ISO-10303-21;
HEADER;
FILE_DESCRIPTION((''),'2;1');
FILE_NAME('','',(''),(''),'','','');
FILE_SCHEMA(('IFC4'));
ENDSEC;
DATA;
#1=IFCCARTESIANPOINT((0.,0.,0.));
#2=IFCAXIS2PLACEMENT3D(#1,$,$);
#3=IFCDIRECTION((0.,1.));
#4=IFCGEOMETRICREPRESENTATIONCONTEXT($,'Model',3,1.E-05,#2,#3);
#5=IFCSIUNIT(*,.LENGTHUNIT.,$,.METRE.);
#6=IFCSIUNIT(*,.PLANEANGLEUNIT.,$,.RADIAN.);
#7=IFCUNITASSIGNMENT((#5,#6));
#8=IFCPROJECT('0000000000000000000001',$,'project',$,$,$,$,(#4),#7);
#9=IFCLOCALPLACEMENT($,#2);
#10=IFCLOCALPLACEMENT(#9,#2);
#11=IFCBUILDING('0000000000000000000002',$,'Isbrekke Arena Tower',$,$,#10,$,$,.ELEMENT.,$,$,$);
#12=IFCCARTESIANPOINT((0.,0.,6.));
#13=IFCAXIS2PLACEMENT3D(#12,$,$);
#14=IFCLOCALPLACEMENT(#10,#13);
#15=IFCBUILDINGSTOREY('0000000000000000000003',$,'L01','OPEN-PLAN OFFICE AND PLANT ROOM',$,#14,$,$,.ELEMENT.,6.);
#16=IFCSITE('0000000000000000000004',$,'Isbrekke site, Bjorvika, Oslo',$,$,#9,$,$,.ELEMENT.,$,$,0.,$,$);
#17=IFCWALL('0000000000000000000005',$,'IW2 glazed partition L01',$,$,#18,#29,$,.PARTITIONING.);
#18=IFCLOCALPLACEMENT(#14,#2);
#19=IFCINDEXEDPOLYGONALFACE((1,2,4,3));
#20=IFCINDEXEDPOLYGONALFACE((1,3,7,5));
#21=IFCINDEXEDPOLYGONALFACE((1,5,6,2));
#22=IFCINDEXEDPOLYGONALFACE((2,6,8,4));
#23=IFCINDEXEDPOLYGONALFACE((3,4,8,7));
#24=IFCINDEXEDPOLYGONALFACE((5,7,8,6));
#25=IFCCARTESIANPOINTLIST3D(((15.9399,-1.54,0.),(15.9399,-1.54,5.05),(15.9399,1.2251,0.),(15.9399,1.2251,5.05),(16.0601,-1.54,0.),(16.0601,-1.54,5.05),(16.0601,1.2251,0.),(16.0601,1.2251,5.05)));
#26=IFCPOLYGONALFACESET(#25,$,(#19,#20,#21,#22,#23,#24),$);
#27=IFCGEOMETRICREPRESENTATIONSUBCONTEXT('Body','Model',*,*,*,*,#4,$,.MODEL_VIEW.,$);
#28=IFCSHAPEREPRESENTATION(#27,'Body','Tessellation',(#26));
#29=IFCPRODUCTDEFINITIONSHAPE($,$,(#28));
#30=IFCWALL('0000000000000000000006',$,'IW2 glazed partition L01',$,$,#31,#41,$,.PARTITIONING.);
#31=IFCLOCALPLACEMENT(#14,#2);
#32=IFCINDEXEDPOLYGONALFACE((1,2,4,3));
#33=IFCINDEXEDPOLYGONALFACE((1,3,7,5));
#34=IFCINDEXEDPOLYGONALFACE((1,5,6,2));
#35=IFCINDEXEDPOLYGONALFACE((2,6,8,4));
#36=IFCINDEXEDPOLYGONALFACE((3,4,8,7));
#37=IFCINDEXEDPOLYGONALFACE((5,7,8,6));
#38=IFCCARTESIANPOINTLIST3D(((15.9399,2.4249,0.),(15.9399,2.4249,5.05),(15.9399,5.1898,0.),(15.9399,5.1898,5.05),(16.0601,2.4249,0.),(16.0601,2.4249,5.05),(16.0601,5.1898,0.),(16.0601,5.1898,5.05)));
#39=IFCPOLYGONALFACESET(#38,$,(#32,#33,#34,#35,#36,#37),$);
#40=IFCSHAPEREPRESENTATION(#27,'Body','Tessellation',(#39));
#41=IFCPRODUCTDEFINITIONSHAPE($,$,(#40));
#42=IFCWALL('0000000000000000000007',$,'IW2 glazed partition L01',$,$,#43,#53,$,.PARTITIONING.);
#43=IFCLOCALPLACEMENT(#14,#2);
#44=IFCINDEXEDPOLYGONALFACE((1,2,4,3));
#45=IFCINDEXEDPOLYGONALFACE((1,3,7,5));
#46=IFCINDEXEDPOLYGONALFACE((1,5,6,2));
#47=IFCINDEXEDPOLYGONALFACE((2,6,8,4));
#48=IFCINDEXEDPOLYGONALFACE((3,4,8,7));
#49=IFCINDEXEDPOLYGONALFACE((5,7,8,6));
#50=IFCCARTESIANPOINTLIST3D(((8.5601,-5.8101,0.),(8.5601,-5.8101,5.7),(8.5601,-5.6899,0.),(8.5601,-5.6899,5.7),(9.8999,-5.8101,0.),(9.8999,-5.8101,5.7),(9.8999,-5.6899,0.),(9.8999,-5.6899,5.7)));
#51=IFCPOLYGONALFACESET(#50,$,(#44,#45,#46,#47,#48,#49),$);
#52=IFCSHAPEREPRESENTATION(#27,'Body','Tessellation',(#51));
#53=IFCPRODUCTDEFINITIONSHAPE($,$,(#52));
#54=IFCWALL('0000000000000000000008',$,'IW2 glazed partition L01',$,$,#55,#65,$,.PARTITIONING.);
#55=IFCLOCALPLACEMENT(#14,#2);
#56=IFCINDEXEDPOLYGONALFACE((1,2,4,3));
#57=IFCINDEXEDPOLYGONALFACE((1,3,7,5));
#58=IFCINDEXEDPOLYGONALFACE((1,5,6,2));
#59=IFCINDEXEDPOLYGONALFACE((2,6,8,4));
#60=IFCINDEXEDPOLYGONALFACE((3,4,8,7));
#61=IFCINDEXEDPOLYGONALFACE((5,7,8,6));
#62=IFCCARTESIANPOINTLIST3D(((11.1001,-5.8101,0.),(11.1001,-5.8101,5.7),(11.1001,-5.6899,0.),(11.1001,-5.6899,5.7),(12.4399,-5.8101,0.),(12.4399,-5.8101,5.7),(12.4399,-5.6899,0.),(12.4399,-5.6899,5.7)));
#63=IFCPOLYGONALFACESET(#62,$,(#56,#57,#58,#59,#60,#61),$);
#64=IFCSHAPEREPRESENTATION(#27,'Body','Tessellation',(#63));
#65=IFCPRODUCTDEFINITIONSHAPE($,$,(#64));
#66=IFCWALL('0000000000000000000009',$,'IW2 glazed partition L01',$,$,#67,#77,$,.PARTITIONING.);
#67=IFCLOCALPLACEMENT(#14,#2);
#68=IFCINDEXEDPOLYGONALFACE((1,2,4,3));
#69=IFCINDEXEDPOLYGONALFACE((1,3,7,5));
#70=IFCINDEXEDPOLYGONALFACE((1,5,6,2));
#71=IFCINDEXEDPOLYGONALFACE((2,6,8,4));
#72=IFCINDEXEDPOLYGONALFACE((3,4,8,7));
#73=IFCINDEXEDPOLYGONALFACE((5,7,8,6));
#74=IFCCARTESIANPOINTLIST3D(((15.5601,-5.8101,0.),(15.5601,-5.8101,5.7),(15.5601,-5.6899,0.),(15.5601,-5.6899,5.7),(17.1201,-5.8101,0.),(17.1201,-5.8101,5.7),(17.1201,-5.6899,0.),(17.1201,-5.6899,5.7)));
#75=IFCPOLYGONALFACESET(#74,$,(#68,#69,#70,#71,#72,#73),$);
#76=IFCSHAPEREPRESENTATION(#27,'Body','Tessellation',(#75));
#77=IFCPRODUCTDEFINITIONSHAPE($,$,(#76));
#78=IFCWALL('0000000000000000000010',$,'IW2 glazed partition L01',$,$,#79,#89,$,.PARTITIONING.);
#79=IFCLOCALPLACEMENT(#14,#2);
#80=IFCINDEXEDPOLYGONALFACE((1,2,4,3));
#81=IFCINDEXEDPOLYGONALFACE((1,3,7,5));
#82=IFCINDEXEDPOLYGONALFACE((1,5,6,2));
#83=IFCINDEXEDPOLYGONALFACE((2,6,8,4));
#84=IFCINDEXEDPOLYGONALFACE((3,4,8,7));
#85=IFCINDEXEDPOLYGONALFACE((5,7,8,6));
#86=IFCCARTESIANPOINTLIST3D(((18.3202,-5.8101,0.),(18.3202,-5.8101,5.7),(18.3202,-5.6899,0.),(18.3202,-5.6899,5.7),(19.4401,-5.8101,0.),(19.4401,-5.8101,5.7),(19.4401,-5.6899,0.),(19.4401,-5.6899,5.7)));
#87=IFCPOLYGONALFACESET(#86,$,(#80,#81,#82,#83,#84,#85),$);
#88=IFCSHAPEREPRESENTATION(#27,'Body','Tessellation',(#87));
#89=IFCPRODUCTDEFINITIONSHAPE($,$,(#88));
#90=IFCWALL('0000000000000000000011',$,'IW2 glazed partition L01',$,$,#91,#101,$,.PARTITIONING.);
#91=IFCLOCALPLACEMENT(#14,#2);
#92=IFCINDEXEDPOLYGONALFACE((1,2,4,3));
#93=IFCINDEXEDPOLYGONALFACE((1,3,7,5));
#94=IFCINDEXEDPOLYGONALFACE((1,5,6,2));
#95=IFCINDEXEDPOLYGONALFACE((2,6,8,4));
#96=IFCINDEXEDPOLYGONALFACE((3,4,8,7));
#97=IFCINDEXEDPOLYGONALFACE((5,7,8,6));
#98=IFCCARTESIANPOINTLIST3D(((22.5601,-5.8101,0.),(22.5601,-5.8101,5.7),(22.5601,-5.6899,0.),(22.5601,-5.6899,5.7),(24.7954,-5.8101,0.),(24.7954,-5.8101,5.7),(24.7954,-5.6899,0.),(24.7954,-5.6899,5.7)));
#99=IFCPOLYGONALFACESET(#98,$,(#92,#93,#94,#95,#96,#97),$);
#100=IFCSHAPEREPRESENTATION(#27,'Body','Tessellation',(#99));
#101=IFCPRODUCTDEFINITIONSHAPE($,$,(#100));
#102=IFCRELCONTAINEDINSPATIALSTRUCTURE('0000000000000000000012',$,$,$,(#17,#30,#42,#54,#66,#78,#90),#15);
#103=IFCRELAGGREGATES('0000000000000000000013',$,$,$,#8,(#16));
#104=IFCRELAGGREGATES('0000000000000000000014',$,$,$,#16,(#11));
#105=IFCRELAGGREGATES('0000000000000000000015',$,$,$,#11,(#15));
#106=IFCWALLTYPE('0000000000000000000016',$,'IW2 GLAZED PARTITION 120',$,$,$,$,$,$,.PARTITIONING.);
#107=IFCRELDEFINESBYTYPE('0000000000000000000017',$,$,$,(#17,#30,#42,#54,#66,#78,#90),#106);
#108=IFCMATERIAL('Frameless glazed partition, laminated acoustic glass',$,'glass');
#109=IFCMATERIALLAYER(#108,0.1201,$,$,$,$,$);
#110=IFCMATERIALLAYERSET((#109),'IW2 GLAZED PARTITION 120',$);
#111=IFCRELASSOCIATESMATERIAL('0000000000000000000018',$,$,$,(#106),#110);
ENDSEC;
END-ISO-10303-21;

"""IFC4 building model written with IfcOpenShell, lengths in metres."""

from ifc_helpers import new_model, si_unit, direction, frame, frame_2d, origin, place, context, subcontext, project, spatial, rectangle, extrude, material, layer, layer_set, type_object, element, save


model = new_model("IFC4")

# Units and contexts
model_context = context("Model", 3, precision=1e-05, world=origin(), true_north=direction((0.0, 1.0)))
body_context = subcontext(model_context, "Body", "Model", "MODEL_VIEW")
ifc_project = project(units=[si_unit("LENGTHUNIT", "METRE"), si_unit("PLANEANGLEUNIT", "RADIAN")], contexts=[model_context])

# Site, building, storey
site_placement = place(None, origin())
site = spatial("IfcSite", under=ifc_project, at=site_placement, Name="Isbrekke site, Bjorvika, Oslo", CompositionType="ELEMENT", RefElevation=0.0)
building_placement = place(site_placement, origin())
building = spatial("IfcBuilding", under=site, at=building_placement, Name="Isbrekke Arena Tower", CompositionType="ELEMENT")
storey_placement = place(building_placement, frame((0.0, 0.0, 6.0)))
storey = spatial("IfcBuildingStorey", under=building, at=storey_placement, Name="L01", Description="OPEN-PLAN OFFICE AND PLANT ROOM", CompositionType="ELEMENT", Elevation=6.0)

# Walls
ifc_material_1 = material(Name="Frameless glazed partition, laminated acoustic glass", Category="glass")
ifc_layer_1 = layer(ifc_material_1, 0.1201)
ifc_layer_set_1 = layer_set([ifc_layer_1], Name="IW2 GLAZED PARTITION 120")
wall_type_1 = type_object("IfcWallType", Name="IW2 GLAZED PARTITION 120", PredefinedType="PARTITIONING", material=ifc_layer_set_1)
wall_1_placement = place(storey_placement, frame((16.0, -1.54, 0.0), z_axis=(0.0, 0.0, 1.0), x_axis=(0.0, 1.0, 0.0)))
element("IfcWall", 1, at=wall_1_placement, inside=storey, type_object=wall_type_1, Name="IW2 glazed partition L01", PredefinedType="PARTITIONING", context=body_context, shape_type="SweptSolid", body=[
    extrude(rectangle(XDim=2.7651, YDim=0.1201, at=frame_2d((1.3826, 0.0))), origin(), (0.0, 0.0, 1.0), 5.05),
])
wall_2_placement = place(storey_placement, frame((16.0, 2.425, 0.0), z_axis=(0.0, 0.0, 1.0), x_axis=(0.0, 1.0, 0.0)))
element("IfcWall", 2, at=wall_2_placement, inside=storey, type_object=wall_type_1, Name="IW2 glazed partition L01", PredefinedType="PARTITIONING", context=body_context, shape_type="SweptSolid", body=[
    extrude(rectangle(XDim=2.7649, YDim=0.1201, at=frame_2d((1.3823, 0.0))), origin(), (0.0, 0.0, 1.0), 5.05),
])
for number, where, z_axis, x_axis, name in (
    (3, (8.5601, -5.75, 0.0), (0.0, 0.0, 1.0), (1.0, 0.0, 0.0), "IW2 glazed partition L01"),
    (4, (11.1001, -5.75, 0.0), (0.0, 0.0, 1.0), (1.0, 0.0, 0.0), "IW2 glazed partition L01"),
):
    element("IfcWall", number, at=place(storey_placement, frame(where, z_axis=z_axis, x_axis=x_axis)), inside=storey, type_object=wall_type_1, Name=name, PredefinedType="PARTITIONING", context=body_context, shape_type="SweptSolid", body=[
        extrude(rectangle(XDim=1.3398, YDim=0.1201, at=frame_2d((0.6699, 0.0))), origin(), (0.0, 0.0, 1.0), 5.7),
    ])
wall_3_placement = place(storey_placement, frame((15.5601, -5.75, 0.0), z_axis=(0.0, 0.0, 1.0), x_axis=(1.0, 0.0, 0.0)))
element("IfcWall", 5, at=wall_3_placement, inside=storey, type_object=wall_type_1, Name="IW2 glazed partition L01", PredefinedType="PARTITIONING", context=body_context, shape_type="SweptSolid", body=[
    extrude(rectangle(XDim=1.5601, YDim=0.1201, at=frame_2d((0.78, 0.0))), origin(), (0.0, 0.0, 1.0), 5.7),
])
wall_4_placement = place(storey_placement, frame((18.3201, -5.75, 0.0), z_axis=(0.0, 0.0, 1.0), x_axis=(1.0, 0.0, 0.0)))
element("IfcWall", 6, at=wall_4_placement, inside=storey, type_object=wall_type_1, Name="IW2 glazed partition L01", PredefinedType="PARTITIONING", context=body_context, shape_type="SweptSolid", body=[
    extrude(rectangle(XDim=1.1199, YDim=0.1201, at=frame_2d((0.5601, 0.0))), origin(), (0.0, 0.0, 1.0), 5.7),
])
wall_5_placement = place(storey_placement, frame((22.5601, -5.75, 0.0), z_axis=(0.0, 0.0, 1.0), x_axis=(1.0, 0.0, 0.0)))
element("IfcWall", 7, at=wall_5_placement, inside=storey, type_object=wall_type_1, Name="IW2 glazed partition L01", PredefinedType="PARTITIONING", context=body_context, shape_type="SweptSolid", body=[
    extrude(rectangle(XDim=2.2354, YDim=0.1201, at=frame_2d((1.1177, 0.0))), origin(), (0.0, 0.0, 1.0), 5.7),
])

save(model, "model.ifc")
